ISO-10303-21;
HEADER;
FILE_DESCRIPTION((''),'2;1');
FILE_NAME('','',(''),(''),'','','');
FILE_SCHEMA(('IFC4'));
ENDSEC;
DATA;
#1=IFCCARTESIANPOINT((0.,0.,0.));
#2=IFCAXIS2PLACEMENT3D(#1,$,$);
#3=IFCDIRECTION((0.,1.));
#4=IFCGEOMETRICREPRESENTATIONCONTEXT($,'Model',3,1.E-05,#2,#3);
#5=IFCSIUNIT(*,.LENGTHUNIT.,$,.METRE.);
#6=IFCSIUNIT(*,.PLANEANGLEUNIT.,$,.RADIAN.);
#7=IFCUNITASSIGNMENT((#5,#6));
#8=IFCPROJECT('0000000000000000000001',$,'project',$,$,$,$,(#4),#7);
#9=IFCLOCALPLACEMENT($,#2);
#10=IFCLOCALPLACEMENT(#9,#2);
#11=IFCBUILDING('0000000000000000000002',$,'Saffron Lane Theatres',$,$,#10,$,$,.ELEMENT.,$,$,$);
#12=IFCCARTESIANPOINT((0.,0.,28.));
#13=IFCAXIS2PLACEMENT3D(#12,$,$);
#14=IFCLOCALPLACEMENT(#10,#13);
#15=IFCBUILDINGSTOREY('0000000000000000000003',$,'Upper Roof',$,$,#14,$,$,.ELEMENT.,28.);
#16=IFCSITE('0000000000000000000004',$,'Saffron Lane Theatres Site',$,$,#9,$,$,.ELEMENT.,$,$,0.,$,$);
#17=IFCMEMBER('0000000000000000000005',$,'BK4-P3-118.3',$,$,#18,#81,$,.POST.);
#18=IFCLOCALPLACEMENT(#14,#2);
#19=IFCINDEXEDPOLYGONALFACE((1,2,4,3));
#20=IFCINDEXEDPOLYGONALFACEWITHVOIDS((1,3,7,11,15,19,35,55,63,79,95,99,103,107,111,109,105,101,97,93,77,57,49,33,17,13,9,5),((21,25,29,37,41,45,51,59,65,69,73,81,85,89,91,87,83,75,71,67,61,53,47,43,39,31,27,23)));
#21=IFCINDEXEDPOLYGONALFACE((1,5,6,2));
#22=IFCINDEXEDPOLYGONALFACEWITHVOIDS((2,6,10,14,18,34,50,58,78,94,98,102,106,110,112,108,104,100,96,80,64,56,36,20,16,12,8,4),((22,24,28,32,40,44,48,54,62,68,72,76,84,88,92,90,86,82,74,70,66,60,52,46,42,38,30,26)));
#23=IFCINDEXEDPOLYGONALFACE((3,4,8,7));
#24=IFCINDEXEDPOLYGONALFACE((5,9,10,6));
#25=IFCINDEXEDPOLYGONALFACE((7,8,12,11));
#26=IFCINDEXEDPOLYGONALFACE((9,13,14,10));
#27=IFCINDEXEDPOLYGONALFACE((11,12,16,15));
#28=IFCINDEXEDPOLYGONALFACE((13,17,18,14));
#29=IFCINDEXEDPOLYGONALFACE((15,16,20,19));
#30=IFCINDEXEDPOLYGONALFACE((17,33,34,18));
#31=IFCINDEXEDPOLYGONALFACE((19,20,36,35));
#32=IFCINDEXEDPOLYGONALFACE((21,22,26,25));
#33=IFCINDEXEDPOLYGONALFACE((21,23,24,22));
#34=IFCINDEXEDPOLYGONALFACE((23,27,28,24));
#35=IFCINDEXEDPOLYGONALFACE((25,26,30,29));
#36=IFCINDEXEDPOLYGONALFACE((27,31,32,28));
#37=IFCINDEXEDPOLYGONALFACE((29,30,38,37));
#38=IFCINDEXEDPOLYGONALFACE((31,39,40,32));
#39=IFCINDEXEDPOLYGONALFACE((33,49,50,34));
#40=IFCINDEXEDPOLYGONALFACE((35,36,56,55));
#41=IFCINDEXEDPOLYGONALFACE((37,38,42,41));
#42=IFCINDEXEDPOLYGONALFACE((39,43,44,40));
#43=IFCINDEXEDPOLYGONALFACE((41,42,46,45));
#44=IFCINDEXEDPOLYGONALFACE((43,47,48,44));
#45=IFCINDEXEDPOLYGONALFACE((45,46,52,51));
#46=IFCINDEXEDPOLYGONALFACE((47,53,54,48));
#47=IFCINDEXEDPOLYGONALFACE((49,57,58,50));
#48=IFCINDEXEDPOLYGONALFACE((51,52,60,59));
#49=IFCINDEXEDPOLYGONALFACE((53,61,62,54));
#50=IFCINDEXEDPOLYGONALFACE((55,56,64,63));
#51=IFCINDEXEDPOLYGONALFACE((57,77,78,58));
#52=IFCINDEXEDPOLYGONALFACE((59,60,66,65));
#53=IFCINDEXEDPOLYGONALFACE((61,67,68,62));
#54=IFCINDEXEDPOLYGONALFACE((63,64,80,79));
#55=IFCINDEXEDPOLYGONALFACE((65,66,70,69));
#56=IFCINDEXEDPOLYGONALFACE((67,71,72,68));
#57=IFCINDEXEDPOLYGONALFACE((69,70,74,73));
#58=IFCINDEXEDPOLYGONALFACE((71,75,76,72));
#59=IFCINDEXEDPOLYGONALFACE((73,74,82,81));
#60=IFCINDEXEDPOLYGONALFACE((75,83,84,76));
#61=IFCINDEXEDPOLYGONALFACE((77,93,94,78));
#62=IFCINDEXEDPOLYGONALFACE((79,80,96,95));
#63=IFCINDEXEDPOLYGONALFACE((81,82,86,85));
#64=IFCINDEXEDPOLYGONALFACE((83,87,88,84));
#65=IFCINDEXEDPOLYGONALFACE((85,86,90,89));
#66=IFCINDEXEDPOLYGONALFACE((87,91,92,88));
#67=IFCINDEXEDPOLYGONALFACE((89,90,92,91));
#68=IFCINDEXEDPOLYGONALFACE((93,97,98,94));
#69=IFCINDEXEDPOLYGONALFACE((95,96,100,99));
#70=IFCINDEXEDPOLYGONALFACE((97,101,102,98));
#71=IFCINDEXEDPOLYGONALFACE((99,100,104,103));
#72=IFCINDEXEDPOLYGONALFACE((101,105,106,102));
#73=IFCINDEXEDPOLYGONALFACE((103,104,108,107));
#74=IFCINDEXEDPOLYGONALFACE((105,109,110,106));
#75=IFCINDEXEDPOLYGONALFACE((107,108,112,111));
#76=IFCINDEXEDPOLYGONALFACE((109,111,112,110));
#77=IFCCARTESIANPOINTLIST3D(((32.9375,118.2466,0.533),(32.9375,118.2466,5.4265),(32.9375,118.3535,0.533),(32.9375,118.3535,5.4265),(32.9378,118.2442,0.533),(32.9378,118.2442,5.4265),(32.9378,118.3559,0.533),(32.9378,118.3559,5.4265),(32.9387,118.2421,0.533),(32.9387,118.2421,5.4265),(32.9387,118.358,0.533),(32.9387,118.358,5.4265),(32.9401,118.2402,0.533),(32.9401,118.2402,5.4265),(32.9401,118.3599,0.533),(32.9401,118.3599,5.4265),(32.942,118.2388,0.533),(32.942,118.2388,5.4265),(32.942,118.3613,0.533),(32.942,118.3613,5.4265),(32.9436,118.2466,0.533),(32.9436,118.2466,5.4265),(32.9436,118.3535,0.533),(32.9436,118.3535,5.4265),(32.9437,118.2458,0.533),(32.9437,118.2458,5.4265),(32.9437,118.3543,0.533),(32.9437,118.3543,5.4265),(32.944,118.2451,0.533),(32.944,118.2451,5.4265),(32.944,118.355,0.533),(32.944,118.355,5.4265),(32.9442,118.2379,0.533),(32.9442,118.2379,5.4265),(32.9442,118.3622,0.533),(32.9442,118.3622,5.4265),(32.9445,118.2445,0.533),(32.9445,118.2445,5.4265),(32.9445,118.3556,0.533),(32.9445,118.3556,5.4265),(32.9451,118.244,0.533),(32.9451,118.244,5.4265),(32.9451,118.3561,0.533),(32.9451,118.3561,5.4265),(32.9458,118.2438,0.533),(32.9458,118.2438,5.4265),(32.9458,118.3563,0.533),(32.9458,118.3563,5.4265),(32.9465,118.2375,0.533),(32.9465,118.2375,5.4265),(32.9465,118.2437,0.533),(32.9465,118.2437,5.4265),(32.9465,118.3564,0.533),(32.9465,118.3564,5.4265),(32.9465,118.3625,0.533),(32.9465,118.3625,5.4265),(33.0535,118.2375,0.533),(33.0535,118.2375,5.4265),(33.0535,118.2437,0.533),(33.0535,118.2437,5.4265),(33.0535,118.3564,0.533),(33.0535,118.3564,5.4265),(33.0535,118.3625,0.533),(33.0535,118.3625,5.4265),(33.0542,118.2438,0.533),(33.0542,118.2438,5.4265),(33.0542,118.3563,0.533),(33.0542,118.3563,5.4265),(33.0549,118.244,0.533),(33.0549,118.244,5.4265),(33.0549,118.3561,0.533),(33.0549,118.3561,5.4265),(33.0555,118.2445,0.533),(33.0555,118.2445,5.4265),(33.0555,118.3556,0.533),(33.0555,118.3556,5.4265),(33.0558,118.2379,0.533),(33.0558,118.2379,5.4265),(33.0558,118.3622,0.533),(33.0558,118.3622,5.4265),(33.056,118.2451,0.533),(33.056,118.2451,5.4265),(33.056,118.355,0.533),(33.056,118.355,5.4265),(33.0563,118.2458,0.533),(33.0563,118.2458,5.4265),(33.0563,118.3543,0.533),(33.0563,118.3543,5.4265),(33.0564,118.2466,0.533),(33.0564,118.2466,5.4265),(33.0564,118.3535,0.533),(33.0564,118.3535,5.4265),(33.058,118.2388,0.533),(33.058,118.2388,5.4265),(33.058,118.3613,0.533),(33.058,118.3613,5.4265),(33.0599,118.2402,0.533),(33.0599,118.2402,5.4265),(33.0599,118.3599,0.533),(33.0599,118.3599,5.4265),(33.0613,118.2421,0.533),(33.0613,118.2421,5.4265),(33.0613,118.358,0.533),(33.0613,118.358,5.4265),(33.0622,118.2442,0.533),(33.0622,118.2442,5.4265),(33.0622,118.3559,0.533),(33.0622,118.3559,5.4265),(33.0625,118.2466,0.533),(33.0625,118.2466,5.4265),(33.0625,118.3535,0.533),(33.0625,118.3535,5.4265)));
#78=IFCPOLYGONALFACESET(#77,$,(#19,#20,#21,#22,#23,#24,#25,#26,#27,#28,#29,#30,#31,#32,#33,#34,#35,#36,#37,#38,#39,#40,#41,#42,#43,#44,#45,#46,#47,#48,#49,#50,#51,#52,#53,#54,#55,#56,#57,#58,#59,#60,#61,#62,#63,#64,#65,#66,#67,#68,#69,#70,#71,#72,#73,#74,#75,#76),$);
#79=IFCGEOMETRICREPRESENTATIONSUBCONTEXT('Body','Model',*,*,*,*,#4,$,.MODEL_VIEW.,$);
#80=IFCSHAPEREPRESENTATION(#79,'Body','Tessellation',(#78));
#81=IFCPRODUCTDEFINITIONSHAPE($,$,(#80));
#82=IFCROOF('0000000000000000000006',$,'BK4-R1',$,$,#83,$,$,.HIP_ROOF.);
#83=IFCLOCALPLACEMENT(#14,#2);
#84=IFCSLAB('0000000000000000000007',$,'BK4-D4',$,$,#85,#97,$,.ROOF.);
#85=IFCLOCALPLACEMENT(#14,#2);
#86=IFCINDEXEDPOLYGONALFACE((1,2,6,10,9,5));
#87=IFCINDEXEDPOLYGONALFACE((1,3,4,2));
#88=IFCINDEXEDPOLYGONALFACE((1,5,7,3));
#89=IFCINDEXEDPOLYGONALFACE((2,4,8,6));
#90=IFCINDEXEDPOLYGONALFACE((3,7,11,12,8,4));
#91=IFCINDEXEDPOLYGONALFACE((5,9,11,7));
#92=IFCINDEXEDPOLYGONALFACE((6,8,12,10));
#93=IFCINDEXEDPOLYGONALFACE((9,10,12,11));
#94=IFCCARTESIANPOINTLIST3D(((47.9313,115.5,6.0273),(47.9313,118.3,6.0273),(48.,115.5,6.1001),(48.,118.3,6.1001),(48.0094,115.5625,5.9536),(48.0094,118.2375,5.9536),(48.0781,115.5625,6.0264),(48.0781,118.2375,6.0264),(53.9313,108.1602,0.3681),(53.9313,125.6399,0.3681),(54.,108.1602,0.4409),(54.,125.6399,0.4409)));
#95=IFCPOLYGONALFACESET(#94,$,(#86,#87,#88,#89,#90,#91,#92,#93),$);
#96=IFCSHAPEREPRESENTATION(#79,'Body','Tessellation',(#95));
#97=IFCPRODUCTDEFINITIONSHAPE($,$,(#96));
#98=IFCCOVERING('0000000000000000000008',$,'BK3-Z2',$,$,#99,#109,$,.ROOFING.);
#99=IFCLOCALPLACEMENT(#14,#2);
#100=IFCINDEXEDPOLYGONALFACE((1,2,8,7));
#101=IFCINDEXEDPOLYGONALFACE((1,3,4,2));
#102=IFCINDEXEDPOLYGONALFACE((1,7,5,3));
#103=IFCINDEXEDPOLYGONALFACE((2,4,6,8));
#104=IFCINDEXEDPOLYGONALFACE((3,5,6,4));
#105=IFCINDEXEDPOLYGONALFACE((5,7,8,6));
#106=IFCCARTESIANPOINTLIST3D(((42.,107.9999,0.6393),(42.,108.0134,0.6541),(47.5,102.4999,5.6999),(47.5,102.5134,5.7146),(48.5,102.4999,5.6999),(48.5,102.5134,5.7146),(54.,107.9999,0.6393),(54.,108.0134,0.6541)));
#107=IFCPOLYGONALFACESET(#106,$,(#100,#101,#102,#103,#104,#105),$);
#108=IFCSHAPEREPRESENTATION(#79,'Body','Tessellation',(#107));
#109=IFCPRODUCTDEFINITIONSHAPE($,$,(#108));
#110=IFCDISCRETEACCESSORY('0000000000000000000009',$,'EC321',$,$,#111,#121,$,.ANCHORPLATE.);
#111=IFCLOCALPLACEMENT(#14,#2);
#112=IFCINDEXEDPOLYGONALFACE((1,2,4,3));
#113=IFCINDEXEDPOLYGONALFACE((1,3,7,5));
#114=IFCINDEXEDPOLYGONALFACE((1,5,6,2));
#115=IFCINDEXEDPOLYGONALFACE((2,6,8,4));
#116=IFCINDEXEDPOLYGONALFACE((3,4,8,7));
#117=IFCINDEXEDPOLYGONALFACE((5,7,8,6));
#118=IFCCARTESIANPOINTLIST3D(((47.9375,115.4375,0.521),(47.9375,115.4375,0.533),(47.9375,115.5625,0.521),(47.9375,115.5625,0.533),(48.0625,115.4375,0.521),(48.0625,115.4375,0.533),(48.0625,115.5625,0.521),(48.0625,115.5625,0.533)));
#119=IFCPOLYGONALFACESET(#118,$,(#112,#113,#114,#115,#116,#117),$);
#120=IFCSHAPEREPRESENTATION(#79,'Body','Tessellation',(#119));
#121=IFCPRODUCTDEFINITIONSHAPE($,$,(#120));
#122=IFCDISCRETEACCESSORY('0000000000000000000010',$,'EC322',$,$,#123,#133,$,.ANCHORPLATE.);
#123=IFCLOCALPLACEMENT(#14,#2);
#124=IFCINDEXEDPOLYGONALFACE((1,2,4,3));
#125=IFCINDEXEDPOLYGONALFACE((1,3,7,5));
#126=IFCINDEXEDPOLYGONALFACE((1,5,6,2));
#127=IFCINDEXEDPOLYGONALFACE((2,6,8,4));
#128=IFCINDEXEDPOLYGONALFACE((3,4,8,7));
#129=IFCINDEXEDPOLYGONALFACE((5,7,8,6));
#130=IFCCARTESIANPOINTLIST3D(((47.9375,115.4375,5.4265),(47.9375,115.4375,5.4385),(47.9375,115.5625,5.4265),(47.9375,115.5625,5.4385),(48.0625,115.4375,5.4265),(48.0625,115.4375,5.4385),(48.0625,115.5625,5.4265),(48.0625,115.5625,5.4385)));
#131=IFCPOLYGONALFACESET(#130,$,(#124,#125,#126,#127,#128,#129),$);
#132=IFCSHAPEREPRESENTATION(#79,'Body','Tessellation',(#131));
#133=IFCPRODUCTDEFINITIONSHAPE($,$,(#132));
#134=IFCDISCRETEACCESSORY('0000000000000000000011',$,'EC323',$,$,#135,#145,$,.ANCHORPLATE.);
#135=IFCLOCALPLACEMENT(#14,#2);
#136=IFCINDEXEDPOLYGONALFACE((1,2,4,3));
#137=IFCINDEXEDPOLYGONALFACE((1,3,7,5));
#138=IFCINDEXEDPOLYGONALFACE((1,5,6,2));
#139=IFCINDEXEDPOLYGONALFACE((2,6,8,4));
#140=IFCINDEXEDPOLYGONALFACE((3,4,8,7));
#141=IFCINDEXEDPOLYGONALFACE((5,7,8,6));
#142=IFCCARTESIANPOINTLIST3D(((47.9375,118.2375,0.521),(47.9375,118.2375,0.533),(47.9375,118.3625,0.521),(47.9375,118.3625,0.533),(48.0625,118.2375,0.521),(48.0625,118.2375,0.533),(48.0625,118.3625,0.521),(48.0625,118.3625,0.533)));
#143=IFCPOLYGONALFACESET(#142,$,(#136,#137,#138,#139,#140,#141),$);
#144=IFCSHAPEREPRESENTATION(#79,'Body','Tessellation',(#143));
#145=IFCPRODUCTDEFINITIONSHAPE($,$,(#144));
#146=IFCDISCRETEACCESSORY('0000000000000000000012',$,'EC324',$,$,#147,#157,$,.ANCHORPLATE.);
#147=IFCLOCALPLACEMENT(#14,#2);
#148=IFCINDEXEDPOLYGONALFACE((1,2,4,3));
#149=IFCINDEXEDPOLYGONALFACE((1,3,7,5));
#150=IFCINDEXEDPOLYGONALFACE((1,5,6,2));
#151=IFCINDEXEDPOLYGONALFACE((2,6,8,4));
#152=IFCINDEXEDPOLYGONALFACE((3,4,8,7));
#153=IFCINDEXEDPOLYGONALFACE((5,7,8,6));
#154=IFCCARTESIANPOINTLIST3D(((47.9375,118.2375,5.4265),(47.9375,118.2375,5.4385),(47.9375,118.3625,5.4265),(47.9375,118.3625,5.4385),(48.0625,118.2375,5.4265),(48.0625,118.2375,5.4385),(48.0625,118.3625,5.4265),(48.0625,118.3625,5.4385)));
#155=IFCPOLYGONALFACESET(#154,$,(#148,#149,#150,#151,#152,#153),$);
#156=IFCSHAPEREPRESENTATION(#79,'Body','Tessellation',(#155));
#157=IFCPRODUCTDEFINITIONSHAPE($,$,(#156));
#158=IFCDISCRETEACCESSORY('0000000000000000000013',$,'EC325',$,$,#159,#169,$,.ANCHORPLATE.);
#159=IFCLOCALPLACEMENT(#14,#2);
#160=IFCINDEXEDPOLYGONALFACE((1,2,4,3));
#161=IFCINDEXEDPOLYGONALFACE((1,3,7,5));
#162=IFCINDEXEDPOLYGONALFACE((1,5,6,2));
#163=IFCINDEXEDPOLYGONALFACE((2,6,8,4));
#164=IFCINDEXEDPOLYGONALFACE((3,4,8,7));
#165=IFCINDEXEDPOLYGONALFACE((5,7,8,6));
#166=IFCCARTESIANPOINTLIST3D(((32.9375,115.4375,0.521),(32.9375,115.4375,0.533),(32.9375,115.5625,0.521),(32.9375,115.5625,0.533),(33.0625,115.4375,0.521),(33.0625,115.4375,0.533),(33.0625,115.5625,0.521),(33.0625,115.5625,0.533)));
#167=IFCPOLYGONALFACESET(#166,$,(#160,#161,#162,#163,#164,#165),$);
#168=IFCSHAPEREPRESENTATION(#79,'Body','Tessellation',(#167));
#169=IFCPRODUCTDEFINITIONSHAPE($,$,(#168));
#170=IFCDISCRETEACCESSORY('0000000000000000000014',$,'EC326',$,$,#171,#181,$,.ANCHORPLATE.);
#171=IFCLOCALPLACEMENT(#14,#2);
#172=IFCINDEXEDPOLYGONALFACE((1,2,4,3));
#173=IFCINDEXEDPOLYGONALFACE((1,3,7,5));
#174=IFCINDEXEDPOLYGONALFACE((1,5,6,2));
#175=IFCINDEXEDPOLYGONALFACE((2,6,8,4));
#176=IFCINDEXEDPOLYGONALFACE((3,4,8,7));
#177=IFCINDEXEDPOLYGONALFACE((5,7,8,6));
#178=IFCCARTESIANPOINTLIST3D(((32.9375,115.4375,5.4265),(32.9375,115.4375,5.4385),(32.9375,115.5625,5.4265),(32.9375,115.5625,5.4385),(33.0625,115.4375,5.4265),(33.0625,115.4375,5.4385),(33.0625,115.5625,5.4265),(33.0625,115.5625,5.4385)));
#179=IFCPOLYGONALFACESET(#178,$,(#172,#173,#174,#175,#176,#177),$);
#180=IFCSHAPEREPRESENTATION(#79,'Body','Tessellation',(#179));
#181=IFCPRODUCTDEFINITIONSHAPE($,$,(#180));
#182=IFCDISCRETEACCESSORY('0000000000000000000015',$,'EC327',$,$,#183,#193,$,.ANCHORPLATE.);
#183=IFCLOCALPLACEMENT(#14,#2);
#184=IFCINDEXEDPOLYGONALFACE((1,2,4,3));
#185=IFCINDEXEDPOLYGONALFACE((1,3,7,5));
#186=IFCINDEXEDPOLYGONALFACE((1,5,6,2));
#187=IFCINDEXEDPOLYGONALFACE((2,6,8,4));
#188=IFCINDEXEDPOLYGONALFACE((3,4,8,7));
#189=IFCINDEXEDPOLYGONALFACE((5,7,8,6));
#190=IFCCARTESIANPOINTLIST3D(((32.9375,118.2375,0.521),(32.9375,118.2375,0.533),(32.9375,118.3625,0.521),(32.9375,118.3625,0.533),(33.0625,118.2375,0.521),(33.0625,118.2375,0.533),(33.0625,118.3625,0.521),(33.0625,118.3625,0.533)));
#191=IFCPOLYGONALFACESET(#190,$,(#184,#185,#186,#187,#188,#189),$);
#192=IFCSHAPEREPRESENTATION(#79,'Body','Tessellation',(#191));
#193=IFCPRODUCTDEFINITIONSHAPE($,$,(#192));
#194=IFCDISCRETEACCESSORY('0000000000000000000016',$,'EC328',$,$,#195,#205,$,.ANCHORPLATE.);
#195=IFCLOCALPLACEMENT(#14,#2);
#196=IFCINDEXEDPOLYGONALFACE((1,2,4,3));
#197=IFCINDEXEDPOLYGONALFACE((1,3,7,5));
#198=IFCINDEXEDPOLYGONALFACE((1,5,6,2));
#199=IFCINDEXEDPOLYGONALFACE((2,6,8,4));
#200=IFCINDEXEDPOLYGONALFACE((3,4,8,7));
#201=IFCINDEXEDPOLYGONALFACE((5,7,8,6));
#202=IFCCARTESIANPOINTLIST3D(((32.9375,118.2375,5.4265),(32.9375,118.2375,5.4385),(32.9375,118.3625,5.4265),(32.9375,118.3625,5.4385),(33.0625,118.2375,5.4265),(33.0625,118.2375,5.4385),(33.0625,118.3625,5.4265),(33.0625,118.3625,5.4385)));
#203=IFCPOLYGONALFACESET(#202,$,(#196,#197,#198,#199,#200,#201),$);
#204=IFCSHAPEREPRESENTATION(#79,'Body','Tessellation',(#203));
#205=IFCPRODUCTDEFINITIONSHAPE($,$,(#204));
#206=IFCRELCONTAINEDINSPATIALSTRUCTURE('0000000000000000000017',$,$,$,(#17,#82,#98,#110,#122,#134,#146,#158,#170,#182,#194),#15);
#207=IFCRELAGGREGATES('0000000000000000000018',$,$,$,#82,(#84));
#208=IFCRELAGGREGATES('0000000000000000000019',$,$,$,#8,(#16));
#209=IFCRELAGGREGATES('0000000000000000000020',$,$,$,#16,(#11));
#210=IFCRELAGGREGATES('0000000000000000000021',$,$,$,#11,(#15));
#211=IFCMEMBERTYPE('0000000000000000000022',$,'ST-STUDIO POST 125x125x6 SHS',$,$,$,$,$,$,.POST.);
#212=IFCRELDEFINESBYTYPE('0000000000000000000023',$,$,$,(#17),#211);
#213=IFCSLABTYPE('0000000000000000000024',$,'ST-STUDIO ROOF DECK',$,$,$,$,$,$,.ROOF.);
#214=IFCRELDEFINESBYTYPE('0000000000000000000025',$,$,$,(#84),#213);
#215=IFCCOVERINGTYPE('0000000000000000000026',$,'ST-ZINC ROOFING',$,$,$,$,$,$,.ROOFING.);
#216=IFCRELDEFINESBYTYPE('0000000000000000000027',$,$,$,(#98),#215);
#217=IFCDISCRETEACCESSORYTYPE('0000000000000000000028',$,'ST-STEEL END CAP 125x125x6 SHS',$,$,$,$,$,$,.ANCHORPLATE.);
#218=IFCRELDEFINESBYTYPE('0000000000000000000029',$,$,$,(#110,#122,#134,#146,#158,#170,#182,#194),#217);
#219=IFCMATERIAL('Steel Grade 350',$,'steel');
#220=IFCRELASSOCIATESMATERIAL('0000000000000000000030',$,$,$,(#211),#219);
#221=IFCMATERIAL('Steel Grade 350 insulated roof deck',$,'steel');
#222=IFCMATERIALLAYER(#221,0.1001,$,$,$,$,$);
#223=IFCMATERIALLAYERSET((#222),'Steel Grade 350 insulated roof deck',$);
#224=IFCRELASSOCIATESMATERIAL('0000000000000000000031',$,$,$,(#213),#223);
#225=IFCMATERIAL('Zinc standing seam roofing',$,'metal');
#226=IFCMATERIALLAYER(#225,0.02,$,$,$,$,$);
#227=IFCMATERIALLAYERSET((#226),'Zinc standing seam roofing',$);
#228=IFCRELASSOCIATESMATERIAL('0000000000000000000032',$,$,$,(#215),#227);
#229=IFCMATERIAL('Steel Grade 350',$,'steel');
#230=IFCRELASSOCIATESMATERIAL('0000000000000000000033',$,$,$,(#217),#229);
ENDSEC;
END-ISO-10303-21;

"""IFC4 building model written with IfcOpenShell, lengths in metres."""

from ifc_helpers import new_model, si_unit, direction, frame, origin, origin_2d, place, context, subcontext, project, spatial, polyline, rectangle, hollow_rectangle, outline, extrude, material, layer, layer_set, material_profile, profile_set, type_object, element, aggregate, save


model = new_model("IFC4")

# Units and contexts
model_context = context("Model", 3, precision=1e-05, world=origin(), true_north=direction((0.0, 1.0)))
body_context = subcontext(model_context, "Body", "Model", "MODEL_VIEW")
ifc_project = project(units=[si_unit("LENGTHUNIT", "METRE"), si_unit("PLANEANGLEUNIT", "RADIAN")], contexts=[model_context])

# Site, building, storey
site_placement = place(None, origin())
site = spatial("IfcSite", under=ifc_project, at=site_placement, Name="Saffron Lane Theatres Site", CompositionType="ELEMENT", RefElevation=0.0)
building_placement = place(site_placement, origin())
building = spatial("IfcBuilding", under=site, at=building_placement, Name="Saffron Lane Theatres", CompositionType="ELEMENT")
storey_placement = place(building_placement, frame((0.0, 0.0, 28.0)))
storey = spatial("IfcBuildingStorey", under=building, at=storey_placement, Name="Upper Roof", CompositionType="ELEMENT", Elevation=28.0)

# Member
ifc_material_1 = material(Name="Steel Grade 350", Category="steel")
ifc_material_profile_1 = material_profile(ifc_material_1, hollow_rectangle(XDim=0.125, YDim=0.125, WallThickness=0.0061, InnerFilletRadius=0.0029, OuterFilletRadius=0.009, at=origin_2d()))
ifc_profile_set_1 = profile_set([ifc_material_profile_1], Name="Steel Grade 350")
member_type_1 = type_object("IfcMemberType", Name="ST-STUDIO POST 125x125x6 SHS", PredefinedType="POST", material=ifc_profile_set_1)
for number, where, z_axis, x_axis, name in (
    (1, (33.0, 118.3, 0.533), (0.0, 0.0, 1.0), (1.0, 0.0, 0.0), "BK4-P3-118.3"),
):
    element("IfcMember", number, at=place(storey_placement, frame(where, z_axis=z_axis, x_axis=x_axis)), inside=storey, type_object=member_type_1, Name=name, PredefinedType="POST", context=body_context, shape_type="SweptSolid", body=[
        extrude(hollow_rectangle(XDim=0.125, YDim=0.125, WallThickness=0.0061, InnerFilletRadius=0.0029, OuterFilletRadius=0.009, at=origin_2d()), origin(), (0.0, 0.0, 1.0), 4.8936),
    ])

# Roof, slab
roof_placement = place(storey_placement, origin())
roof = element("IfcRoof", 2, at=roof_placement, inside=storey, Name="BK4-R1", PredefinedType="HIP_ROOF")
ifc_material_2 = material(Name="Steel Grade 350 insulated roof deck", Category="steel")
ifc_layer_1 = layer(ifc_material_2, 0.1001)
ifc_layer_set_1 = layer_set([ifc_layer_1], Name="Steel Grade 350 insulated roof deck")
slab_type = type_object("IfcSlabType", Name="ST-STUDIO ROOF DECK", PredefinedType="ROOF", material=ifc_layer_set_1)
slab_placement = place(storey_placement, frame((54.0, 108.1602, 0.4409), z_axis=(0.686142, 0.0, 0.727468), x_axis=(-0.538217, 0.672772, 0.507642)))
slab = element("IfcSlab", 3, at=slab_placement, type_object=slab_type, Name="BK4-D4", PredefinedType="ROOF", context=body_context, shape_type="SweptSolid", body=[
    extrude(outline(polyline([(0.0, 0.0), (11.0028, 0.0), (11.0402, 0.1185), (12.924, -1.9531), (12.8024, -1.9791), (11.7599, -12.9324), (0.0, 0.0)])), origin(), (0.0, 0.0, -1.0), 0.1001),
])
aggregate(roof, [slab])

# Covering
ifc_material_3 = material(Name="Zinc standing seam roofing", Category="metal")
ifc_layer_2 = layer(ifc_material_3, 0.02)
ifc_layer_set_2 = layer_set([ifc_layer_2], Name="Zinc standing seam roofing")
covering_type = type_object("IfcCoveringType", Name="ST-ZINC ROOFING", PredefinedType="ROOFING", material=ifc_layer_set_2)
covering_placement = place(storey_placement, frame((42.0, 108.0134, 0.6541), z_axis=(0.0, 0.677096, 0.735895), x_axis=(1.0, 0.0, 0.0)))
element("IfcCovering", 4, at=covering_placement, inside=storey, type_object=covering_type, Name="BK3-Z2", PredefinedType="ROOFING", context=body_context, shape_type="SweptSolid", body=[
    extrude(outline(polyline([(0.0, 0.0), (12.0, 0.0), (6.5, -7.4739), (5.5, -7.4739), (0.0, 0.0)])), origin(), (0.0, 0.0, -1.0), 0.02),
])

# Discrete accessories
ifc_material_4 = material(Name="Steel Grade 350", Category="steel")
ifc_material_profile_2 = material_profile(ifc_material_4, rectangle(XDim=0.125, YDim=0.125, at=origin_2d()))
ifc_profile_set_2 = profile_set([ifc_material_profile_2], Name="Steel Grade 350")
discrete_accessory_type = type_object("IfcDiscreteAccessoryType", Name="ST-STEEL END CAP 125x125x6 SHS", PredefinedType="ANCHORPLATE", material=ifc_profile_set_2)
for number, where, z_axis, x_axis, name in (
    (5, (48.0, 115.5, 0.521), (0.0, 0.0, 1.0), (1.0, 0.0, 0.0), "EC321"),
    (6, (48.0, 115.5, 5.4265), (0.0, 0.0, 1.0), (1.0, 0.0, 0.0), "EC322"),
    (7, (48.0, 118.3, 0.521), (0.0, 0.0, 1.0), (1.0, 0.0, 0.0), "EC323"),
    (8, (48.0, 118.3, 5.4265), (0.0, 0.0, 1.0), (1.0, 0.0, 0.0), "EC324"),
    (9, (33.0, 115.5, 0.521), (0.0, 0.0, 1.0), (1.0, 0.0, 0.0), "EC325"),
    (10, (33.0, 115.5, 5.4265), (0.0, 0.0, 1.0), (1.0, 0.0, 0.0), "EC326"),
    (11, (33.0, 118.3, 0.521), (0.0, 0.0, 1.0), (1.0, 0.0, 0.0), "EC327"),
    (12, (33.0, 118.3, 5.4265), (0.0, 0.0, 1.0), (1.0, 0.0, 0.0), "EC328"),
):
    element("IfcDiscreteAccessory", number, at=place(storey_placement, frame(where, z_axis=z_axis, x_axis=x_axis)), inside=storey, type_object=discrete_accessory_type, Name=name, PredefinedType="ANCHORPLATE", context=body_context, shape_type="SweptSolid", body=[
        extrude(rectangle(XDim=0.125, YDim=0.125, at=origin_2d()), origin(), (0.0, 0.0, 1.0), 0.012),
    ])

save(model, "model.ifc")
